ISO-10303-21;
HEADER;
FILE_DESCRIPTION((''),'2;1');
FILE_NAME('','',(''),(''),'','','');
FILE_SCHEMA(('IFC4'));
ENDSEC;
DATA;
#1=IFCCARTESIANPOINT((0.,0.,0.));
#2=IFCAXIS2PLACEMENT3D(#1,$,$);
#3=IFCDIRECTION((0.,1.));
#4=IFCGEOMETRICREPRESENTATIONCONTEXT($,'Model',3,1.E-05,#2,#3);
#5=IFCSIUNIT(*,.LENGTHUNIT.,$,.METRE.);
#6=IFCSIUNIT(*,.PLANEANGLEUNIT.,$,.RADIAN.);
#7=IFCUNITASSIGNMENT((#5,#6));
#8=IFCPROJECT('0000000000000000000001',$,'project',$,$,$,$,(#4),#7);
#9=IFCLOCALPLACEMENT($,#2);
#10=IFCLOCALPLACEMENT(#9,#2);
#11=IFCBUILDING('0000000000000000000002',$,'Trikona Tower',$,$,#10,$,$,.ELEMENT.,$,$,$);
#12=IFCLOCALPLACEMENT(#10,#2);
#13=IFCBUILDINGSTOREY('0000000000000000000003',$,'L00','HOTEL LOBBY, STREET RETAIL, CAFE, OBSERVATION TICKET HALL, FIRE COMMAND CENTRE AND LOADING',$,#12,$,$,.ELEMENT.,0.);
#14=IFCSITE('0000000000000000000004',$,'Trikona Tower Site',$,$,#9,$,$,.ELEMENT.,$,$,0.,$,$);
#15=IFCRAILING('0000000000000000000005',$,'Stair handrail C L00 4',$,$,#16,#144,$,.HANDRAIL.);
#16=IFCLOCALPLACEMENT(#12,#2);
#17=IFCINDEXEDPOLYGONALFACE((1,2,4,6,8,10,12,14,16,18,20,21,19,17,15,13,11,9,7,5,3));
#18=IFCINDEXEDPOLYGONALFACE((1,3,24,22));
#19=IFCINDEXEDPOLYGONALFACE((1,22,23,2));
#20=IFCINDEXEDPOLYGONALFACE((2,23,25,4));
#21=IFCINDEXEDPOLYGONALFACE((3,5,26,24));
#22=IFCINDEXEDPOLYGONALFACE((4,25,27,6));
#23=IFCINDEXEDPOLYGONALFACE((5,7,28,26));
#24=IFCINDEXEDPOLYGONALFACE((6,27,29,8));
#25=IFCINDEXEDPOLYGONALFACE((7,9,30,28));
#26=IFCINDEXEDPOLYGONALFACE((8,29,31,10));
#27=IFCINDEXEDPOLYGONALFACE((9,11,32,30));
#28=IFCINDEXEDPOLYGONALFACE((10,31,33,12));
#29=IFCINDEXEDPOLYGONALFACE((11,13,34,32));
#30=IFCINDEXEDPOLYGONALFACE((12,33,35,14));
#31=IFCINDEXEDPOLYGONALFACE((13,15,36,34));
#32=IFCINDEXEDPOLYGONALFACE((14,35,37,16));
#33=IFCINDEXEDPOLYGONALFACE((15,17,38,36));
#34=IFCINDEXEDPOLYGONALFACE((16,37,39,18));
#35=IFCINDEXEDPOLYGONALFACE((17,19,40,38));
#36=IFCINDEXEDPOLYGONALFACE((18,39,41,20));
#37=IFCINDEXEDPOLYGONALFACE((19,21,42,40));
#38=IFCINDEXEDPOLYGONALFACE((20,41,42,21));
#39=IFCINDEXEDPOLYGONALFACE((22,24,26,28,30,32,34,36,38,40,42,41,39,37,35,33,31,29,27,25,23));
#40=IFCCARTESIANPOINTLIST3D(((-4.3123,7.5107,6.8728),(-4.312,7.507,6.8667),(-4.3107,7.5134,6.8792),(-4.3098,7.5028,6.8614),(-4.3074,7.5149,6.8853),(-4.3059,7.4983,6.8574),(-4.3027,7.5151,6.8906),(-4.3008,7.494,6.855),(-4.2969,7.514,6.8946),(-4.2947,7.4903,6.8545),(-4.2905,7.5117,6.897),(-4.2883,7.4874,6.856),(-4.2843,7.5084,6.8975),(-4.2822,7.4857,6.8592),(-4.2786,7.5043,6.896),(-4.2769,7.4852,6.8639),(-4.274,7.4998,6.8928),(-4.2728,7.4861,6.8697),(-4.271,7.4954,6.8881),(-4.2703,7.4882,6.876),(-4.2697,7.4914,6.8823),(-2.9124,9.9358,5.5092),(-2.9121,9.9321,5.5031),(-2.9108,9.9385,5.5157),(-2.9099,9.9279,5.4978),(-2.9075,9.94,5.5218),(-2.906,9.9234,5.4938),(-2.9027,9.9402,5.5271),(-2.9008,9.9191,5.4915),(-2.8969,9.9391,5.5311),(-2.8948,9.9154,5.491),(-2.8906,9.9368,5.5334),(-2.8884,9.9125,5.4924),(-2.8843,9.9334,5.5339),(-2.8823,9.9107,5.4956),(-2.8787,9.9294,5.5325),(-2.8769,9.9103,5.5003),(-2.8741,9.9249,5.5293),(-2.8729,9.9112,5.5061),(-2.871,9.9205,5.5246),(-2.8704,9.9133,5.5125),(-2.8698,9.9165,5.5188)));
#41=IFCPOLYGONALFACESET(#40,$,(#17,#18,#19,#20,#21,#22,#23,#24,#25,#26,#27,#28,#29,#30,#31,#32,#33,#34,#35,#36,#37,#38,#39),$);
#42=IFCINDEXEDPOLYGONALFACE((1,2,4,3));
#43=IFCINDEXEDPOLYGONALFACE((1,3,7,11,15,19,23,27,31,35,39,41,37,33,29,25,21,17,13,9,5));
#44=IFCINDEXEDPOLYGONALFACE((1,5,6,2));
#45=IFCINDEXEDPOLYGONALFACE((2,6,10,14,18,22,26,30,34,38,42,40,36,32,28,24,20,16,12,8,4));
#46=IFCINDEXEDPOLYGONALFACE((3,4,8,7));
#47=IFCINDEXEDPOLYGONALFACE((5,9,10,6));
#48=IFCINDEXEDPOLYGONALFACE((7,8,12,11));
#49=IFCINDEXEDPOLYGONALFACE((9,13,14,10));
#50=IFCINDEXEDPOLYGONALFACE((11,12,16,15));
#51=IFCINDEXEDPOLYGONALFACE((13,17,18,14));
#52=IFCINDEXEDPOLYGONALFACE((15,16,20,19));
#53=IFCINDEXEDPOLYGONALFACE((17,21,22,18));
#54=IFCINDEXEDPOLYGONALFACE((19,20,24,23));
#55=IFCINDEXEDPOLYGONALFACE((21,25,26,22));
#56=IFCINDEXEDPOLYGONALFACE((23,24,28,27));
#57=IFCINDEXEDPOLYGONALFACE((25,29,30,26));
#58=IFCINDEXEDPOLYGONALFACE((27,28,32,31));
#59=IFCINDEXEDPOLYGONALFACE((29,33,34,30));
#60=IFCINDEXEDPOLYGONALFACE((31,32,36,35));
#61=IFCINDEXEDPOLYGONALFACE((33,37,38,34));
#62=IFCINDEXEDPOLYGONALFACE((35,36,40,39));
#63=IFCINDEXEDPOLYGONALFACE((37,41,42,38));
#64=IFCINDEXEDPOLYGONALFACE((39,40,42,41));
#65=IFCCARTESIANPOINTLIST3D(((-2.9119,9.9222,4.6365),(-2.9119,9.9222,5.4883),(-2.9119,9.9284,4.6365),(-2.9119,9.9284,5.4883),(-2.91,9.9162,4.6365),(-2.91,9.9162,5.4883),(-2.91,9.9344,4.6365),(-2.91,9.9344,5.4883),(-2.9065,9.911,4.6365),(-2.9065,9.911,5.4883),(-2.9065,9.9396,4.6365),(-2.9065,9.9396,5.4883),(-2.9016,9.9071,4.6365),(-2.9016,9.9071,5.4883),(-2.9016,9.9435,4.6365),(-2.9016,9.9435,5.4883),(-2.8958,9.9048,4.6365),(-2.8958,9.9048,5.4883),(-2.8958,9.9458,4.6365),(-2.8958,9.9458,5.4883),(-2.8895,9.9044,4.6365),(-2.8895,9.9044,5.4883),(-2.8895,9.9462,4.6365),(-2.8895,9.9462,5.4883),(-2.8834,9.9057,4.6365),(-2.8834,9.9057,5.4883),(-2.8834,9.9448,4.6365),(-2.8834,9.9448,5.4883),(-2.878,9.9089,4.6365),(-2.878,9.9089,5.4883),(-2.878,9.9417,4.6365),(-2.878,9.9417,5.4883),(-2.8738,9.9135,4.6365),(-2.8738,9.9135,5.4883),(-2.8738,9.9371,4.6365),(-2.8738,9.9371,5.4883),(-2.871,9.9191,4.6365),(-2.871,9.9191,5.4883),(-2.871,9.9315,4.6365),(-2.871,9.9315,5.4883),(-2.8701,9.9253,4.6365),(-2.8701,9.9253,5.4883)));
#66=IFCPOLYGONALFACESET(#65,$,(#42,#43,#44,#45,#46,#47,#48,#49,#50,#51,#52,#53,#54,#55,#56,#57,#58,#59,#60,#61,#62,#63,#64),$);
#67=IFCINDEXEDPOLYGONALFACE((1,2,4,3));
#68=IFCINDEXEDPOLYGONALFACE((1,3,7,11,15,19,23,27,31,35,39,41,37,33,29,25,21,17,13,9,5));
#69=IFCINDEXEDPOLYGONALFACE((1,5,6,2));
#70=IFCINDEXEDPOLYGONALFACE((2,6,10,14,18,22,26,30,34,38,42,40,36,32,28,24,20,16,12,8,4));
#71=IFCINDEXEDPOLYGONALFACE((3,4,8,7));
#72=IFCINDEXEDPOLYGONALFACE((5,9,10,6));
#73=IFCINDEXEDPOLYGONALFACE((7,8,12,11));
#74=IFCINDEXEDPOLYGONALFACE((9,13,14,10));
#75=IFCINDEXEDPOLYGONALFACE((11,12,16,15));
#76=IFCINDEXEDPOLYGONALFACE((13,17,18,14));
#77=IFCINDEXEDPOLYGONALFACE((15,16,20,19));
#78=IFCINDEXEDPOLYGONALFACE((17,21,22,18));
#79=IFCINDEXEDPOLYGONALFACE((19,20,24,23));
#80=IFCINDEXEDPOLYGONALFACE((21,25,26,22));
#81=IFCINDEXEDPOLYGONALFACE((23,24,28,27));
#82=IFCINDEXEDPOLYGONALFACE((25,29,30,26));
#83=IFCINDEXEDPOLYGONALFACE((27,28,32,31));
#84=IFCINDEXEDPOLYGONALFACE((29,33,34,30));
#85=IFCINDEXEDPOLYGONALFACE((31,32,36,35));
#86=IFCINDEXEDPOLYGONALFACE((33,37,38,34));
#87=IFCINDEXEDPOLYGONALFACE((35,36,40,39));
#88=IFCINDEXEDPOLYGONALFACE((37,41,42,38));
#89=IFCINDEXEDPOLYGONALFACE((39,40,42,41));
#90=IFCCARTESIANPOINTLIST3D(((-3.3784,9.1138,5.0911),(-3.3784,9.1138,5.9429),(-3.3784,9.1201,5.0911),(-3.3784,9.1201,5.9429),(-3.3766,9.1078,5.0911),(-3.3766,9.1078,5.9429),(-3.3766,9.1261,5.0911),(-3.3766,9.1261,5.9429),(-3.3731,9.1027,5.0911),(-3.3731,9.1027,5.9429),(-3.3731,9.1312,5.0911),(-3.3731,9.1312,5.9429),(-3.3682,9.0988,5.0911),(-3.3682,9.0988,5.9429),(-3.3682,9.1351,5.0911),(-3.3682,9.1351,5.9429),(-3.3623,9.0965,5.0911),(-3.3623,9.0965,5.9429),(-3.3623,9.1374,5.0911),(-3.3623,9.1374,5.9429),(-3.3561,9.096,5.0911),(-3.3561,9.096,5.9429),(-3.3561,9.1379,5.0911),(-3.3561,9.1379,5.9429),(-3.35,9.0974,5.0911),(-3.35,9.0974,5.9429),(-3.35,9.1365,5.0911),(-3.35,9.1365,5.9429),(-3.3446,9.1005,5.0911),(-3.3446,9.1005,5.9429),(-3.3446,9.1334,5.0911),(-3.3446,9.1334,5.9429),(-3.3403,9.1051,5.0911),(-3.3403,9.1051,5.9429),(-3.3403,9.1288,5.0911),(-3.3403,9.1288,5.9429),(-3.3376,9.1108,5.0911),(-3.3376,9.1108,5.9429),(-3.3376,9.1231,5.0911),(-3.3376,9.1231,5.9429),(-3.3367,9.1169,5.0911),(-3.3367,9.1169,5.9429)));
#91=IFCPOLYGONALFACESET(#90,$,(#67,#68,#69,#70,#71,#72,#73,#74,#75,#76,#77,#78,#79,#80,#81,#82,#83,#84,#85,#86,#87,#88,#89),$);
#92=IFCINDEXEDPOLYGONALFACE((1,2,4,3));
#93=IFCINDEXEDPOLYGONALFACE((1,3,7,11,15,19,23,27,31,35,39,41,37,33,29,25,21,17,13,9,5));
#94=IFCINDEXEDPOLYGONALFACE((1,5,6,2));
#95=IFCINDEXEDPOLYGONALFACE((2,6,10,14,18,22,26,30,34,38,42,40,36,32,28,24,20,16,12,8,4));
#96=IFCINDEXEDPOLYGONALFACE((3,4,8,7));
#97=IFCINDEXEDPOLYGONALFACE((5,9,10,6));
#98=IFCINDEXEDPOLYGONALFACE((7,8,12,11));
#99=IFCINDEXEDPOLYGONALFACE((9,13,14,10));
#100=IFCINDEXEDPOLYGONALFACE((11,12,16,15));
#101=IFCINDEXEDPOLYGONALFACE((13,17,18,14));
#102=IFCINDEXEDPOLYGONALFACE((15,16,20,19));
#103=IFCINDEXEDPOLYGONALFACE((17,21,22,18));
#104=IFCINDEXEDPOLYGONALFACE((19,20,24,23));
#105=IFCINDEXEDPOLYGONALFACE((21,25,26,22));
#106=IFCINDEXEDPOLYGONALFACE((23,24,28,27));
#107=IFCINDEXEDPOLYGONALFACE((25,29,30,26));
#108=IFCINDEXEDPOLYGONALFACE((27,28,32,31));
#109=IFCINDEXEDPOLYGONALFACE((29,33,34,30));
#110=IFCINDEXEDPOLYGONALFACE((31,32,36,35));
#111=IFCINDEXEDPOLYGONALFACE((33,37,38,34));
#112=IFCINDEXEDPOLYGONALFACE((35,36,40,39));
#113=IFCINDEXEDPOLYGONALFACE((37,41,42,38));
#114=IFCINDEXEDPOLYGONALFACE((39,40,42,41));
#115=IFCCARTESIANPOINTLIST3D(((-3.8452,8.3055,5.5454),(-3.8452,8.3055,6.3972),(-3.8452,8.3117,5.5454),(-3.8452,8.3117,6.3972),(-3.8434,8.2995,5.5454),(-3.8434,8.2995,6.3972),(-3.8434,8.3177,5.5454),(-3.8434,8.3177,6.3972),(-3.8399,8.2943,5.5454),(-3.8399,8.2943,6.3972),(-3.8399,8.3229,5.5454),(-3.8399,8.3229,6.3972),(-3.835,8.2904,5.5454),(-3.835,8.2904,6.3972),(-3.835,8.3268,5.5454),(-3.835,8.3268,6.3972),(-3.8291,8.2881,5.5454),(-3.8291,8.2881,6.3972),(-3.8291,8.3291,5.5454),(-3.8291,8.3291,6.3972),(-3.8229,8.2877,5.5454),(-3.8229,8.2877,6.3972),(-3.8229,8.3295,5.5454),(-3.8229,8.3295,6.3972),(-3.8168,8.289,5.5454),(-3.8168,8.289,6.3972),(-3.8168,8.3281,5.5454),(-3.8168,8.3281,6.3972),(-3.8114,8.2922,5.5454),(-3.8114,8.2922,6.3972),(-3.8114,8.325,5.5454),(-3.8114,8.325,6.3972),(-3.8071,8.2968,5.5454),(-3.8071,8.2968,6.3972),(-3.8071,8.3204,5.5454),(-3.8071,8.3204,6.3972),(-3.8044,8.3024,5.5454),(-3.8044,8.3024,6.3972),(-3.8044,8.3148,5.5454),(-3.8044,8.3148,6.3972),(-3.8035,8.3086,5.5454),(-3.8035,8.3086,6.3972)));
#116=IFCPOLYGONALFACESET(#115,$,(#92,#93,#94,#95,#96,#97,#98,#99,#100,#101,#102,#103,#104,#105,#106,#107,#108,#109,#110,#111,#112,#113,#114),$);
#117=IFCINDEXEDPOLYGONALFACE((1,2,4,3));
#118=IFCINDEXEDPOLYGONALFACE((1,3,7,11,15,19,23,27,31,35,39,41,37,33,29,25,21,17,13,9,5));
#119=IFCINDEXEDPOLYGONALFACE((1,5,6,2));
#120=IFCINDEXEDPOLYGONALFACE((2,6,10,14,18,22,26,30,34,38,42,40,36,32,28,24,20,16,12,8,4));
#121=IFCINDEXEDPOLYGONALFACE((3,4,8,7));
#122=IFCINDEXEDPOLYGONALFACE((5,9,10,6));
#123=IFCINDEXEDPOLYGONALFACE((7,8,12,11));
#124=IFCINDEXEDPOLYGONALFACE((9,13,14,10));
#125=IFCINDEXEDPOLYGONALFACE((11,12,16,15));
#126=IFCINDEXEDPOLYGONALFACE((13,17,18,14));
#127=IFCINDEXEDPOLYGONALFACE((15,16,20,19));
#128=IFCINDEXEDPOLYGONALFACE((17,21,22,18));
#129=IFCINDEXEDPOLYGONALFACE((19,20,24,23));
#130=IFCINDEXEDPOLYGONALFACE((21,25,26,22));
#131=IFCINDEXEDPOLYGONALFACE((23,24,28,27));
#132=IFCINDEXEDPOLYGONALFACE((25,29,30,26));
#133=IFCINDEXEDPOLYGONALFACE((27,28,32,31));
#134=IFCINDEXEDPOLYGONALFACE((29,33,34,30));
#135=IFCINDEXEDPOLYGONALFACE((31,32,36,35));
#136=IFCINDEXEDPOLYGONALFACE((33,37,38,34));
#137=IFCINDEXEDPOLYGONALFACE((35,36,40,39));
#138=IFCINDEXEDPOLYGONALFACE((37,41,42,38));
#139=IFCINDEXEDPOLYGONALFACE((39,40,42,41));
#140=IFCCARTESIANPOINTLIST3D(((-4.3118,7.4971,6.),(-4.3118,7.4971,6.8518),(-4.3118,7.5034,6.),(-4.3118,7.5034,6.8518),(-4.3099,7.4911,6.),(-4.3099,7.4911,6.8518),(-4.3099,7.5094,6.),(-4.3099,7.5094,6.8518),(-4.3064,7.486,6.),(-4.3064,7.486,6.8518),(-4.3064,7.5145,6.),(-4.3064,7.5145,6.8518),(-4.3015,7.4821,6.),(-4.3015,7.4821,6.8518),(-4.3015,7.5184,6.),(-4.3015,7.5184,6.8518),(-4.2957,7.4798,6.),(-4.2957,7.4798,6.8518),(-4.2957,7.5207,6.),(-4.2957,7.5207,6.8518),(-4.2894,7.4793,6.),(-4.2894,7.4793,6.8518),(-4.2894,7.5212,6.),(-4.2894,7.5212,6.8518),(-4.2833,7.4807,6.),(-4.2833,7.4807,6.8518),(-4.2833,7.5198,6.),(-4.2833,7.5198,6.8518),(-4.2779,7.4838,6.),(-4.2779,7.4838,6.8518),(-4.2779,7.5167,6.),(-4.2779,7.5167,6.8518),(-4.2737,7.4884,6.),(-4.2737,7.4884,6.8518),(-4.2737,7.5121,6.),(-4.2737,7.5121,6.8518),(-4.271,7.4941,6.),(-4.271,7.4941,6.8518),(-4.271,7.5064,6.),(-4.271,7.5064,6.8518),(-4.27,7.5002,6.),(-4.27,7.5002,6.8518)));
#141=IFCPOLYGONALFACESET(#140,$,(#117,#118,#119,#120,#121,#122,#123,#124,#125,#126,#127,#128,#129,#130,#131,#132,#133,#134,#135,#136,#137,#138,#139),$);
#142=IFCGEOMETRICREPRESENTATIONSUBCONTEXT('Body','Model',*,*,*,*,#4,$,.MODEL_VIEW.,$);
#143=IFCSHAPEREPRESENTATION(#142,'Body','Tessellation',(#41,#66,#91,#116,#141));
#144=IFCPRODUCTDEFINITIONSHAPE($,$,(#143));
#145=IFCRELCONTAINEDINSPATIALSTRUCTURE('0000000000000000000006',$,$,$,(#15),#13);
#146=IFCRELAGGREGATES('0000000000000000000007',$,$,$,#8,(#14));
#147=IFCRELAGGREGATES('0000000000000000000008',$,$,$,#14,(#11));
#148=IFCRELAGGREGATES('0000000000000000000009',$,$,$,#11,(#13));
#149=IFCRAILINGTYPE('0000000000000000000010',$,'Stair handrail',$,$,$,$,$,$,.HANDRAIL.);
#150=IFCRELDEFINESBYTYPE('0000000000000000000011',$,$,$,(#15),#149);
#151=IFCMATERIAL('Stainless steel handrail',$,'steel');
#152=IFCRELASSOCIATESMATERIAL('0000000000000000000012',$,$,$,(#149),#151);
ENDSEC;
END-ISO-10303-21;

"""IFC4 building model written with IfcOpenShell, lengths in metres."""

from ifc_helpers import new_model, si_unit, direction, frame, origin, origin_2d, place, context, subcontext, project, spatial, circle, extrude, material, type_object, element, save


model = new_model("IFC4")

# Units and contexts
model_context = context("Model", 3, precision=1e-05, world=origin(), true_north=direction((0.0, 1.0)))
body_context = subcontext(model_context, "Body", "Model", "MODEL_VIEW")
ifc_project = project(units=[si_unit("LENGTHUNIT", "METRE"), si_unit("PLANEANGLEUNIT", "RADIAN")], contexts=[model_context])

# Site, building, storey
site_placement = place(None, origin())
site = spatial("IfcSite", under=ifc_project, at=site_placement, Name="Trikona Tower Site", CompositionType="ELEMENT", RefElevation=0.0)
building_placement = place(site_placement, origin())
building = spatial("IfcBuilding", under=site, at=building_placement, Name="Trikona Tower", CompositionType="ELEMENT")
storey_placement = place(building_placement, origin())
storey = spatial("IfcBuildingStorey", under=building, at=storey_placement, Name="L00", Description="HOTEL LOBBY, STREET RETAIL, CAFE, OBSERVATION TICKET HALL, FIRE COMMAND CENTRE AND LOADING", CompositionType="ELEMENT", Elevation=0.0)

# Railing
ifc_material_1 = material(Name="Stainless steel handrail", Category="steel")
railing_type = type_object("IfcRailingType", Name="Stair handrail", PredefinedType="HANDRAIL", material=ifc_material_1)
railing_1_placement = place(storey_placement, frame((-2.8911, 9.9253, 4.6365)))
element("IfcRailing", 1, at=railing_1_placement, inside=storey, type_object=railing_type, Name="Stair handrail C L00 4", PredefinedType="HANDRAIL", context=body_context, shape_type="SweptSolid", body=[
    extrude(circle(Radius=0.0239, at=origin_2d()), frame((0.0, 0.0, 0.876), z_axis=(-0.449486, -0.778645, 0.437806), x_axis=(0.866056, -0.499946, 0.0)), (0.0, 0.0, 1.0), 3.1145),
    extrude(circle(Radius=0.021, at=origin_2d()), origin(), (0.0, 0.0, 1.0), 0.8518),
    extrude(circle(Radius=0.021, at=origin_2d()), frame((-0.4666, -0.8083, 0.4546)), (0.0, 0.0, 1.0), 0.8518),
    extrude(circle(Radius=0.021, at=origin_2d()), frame((-0.9333, -1.6167, 0.9089)), (0.0, 0.0, 1.0), 0.8518),
    extrude(circle(Radius=0.021, at=origin_2d()), frame((-1.3999, -2.425, 1.3635)), (0.0, 0.0, 1.0), 0.8518),
])

save(model, "model.ifc")
